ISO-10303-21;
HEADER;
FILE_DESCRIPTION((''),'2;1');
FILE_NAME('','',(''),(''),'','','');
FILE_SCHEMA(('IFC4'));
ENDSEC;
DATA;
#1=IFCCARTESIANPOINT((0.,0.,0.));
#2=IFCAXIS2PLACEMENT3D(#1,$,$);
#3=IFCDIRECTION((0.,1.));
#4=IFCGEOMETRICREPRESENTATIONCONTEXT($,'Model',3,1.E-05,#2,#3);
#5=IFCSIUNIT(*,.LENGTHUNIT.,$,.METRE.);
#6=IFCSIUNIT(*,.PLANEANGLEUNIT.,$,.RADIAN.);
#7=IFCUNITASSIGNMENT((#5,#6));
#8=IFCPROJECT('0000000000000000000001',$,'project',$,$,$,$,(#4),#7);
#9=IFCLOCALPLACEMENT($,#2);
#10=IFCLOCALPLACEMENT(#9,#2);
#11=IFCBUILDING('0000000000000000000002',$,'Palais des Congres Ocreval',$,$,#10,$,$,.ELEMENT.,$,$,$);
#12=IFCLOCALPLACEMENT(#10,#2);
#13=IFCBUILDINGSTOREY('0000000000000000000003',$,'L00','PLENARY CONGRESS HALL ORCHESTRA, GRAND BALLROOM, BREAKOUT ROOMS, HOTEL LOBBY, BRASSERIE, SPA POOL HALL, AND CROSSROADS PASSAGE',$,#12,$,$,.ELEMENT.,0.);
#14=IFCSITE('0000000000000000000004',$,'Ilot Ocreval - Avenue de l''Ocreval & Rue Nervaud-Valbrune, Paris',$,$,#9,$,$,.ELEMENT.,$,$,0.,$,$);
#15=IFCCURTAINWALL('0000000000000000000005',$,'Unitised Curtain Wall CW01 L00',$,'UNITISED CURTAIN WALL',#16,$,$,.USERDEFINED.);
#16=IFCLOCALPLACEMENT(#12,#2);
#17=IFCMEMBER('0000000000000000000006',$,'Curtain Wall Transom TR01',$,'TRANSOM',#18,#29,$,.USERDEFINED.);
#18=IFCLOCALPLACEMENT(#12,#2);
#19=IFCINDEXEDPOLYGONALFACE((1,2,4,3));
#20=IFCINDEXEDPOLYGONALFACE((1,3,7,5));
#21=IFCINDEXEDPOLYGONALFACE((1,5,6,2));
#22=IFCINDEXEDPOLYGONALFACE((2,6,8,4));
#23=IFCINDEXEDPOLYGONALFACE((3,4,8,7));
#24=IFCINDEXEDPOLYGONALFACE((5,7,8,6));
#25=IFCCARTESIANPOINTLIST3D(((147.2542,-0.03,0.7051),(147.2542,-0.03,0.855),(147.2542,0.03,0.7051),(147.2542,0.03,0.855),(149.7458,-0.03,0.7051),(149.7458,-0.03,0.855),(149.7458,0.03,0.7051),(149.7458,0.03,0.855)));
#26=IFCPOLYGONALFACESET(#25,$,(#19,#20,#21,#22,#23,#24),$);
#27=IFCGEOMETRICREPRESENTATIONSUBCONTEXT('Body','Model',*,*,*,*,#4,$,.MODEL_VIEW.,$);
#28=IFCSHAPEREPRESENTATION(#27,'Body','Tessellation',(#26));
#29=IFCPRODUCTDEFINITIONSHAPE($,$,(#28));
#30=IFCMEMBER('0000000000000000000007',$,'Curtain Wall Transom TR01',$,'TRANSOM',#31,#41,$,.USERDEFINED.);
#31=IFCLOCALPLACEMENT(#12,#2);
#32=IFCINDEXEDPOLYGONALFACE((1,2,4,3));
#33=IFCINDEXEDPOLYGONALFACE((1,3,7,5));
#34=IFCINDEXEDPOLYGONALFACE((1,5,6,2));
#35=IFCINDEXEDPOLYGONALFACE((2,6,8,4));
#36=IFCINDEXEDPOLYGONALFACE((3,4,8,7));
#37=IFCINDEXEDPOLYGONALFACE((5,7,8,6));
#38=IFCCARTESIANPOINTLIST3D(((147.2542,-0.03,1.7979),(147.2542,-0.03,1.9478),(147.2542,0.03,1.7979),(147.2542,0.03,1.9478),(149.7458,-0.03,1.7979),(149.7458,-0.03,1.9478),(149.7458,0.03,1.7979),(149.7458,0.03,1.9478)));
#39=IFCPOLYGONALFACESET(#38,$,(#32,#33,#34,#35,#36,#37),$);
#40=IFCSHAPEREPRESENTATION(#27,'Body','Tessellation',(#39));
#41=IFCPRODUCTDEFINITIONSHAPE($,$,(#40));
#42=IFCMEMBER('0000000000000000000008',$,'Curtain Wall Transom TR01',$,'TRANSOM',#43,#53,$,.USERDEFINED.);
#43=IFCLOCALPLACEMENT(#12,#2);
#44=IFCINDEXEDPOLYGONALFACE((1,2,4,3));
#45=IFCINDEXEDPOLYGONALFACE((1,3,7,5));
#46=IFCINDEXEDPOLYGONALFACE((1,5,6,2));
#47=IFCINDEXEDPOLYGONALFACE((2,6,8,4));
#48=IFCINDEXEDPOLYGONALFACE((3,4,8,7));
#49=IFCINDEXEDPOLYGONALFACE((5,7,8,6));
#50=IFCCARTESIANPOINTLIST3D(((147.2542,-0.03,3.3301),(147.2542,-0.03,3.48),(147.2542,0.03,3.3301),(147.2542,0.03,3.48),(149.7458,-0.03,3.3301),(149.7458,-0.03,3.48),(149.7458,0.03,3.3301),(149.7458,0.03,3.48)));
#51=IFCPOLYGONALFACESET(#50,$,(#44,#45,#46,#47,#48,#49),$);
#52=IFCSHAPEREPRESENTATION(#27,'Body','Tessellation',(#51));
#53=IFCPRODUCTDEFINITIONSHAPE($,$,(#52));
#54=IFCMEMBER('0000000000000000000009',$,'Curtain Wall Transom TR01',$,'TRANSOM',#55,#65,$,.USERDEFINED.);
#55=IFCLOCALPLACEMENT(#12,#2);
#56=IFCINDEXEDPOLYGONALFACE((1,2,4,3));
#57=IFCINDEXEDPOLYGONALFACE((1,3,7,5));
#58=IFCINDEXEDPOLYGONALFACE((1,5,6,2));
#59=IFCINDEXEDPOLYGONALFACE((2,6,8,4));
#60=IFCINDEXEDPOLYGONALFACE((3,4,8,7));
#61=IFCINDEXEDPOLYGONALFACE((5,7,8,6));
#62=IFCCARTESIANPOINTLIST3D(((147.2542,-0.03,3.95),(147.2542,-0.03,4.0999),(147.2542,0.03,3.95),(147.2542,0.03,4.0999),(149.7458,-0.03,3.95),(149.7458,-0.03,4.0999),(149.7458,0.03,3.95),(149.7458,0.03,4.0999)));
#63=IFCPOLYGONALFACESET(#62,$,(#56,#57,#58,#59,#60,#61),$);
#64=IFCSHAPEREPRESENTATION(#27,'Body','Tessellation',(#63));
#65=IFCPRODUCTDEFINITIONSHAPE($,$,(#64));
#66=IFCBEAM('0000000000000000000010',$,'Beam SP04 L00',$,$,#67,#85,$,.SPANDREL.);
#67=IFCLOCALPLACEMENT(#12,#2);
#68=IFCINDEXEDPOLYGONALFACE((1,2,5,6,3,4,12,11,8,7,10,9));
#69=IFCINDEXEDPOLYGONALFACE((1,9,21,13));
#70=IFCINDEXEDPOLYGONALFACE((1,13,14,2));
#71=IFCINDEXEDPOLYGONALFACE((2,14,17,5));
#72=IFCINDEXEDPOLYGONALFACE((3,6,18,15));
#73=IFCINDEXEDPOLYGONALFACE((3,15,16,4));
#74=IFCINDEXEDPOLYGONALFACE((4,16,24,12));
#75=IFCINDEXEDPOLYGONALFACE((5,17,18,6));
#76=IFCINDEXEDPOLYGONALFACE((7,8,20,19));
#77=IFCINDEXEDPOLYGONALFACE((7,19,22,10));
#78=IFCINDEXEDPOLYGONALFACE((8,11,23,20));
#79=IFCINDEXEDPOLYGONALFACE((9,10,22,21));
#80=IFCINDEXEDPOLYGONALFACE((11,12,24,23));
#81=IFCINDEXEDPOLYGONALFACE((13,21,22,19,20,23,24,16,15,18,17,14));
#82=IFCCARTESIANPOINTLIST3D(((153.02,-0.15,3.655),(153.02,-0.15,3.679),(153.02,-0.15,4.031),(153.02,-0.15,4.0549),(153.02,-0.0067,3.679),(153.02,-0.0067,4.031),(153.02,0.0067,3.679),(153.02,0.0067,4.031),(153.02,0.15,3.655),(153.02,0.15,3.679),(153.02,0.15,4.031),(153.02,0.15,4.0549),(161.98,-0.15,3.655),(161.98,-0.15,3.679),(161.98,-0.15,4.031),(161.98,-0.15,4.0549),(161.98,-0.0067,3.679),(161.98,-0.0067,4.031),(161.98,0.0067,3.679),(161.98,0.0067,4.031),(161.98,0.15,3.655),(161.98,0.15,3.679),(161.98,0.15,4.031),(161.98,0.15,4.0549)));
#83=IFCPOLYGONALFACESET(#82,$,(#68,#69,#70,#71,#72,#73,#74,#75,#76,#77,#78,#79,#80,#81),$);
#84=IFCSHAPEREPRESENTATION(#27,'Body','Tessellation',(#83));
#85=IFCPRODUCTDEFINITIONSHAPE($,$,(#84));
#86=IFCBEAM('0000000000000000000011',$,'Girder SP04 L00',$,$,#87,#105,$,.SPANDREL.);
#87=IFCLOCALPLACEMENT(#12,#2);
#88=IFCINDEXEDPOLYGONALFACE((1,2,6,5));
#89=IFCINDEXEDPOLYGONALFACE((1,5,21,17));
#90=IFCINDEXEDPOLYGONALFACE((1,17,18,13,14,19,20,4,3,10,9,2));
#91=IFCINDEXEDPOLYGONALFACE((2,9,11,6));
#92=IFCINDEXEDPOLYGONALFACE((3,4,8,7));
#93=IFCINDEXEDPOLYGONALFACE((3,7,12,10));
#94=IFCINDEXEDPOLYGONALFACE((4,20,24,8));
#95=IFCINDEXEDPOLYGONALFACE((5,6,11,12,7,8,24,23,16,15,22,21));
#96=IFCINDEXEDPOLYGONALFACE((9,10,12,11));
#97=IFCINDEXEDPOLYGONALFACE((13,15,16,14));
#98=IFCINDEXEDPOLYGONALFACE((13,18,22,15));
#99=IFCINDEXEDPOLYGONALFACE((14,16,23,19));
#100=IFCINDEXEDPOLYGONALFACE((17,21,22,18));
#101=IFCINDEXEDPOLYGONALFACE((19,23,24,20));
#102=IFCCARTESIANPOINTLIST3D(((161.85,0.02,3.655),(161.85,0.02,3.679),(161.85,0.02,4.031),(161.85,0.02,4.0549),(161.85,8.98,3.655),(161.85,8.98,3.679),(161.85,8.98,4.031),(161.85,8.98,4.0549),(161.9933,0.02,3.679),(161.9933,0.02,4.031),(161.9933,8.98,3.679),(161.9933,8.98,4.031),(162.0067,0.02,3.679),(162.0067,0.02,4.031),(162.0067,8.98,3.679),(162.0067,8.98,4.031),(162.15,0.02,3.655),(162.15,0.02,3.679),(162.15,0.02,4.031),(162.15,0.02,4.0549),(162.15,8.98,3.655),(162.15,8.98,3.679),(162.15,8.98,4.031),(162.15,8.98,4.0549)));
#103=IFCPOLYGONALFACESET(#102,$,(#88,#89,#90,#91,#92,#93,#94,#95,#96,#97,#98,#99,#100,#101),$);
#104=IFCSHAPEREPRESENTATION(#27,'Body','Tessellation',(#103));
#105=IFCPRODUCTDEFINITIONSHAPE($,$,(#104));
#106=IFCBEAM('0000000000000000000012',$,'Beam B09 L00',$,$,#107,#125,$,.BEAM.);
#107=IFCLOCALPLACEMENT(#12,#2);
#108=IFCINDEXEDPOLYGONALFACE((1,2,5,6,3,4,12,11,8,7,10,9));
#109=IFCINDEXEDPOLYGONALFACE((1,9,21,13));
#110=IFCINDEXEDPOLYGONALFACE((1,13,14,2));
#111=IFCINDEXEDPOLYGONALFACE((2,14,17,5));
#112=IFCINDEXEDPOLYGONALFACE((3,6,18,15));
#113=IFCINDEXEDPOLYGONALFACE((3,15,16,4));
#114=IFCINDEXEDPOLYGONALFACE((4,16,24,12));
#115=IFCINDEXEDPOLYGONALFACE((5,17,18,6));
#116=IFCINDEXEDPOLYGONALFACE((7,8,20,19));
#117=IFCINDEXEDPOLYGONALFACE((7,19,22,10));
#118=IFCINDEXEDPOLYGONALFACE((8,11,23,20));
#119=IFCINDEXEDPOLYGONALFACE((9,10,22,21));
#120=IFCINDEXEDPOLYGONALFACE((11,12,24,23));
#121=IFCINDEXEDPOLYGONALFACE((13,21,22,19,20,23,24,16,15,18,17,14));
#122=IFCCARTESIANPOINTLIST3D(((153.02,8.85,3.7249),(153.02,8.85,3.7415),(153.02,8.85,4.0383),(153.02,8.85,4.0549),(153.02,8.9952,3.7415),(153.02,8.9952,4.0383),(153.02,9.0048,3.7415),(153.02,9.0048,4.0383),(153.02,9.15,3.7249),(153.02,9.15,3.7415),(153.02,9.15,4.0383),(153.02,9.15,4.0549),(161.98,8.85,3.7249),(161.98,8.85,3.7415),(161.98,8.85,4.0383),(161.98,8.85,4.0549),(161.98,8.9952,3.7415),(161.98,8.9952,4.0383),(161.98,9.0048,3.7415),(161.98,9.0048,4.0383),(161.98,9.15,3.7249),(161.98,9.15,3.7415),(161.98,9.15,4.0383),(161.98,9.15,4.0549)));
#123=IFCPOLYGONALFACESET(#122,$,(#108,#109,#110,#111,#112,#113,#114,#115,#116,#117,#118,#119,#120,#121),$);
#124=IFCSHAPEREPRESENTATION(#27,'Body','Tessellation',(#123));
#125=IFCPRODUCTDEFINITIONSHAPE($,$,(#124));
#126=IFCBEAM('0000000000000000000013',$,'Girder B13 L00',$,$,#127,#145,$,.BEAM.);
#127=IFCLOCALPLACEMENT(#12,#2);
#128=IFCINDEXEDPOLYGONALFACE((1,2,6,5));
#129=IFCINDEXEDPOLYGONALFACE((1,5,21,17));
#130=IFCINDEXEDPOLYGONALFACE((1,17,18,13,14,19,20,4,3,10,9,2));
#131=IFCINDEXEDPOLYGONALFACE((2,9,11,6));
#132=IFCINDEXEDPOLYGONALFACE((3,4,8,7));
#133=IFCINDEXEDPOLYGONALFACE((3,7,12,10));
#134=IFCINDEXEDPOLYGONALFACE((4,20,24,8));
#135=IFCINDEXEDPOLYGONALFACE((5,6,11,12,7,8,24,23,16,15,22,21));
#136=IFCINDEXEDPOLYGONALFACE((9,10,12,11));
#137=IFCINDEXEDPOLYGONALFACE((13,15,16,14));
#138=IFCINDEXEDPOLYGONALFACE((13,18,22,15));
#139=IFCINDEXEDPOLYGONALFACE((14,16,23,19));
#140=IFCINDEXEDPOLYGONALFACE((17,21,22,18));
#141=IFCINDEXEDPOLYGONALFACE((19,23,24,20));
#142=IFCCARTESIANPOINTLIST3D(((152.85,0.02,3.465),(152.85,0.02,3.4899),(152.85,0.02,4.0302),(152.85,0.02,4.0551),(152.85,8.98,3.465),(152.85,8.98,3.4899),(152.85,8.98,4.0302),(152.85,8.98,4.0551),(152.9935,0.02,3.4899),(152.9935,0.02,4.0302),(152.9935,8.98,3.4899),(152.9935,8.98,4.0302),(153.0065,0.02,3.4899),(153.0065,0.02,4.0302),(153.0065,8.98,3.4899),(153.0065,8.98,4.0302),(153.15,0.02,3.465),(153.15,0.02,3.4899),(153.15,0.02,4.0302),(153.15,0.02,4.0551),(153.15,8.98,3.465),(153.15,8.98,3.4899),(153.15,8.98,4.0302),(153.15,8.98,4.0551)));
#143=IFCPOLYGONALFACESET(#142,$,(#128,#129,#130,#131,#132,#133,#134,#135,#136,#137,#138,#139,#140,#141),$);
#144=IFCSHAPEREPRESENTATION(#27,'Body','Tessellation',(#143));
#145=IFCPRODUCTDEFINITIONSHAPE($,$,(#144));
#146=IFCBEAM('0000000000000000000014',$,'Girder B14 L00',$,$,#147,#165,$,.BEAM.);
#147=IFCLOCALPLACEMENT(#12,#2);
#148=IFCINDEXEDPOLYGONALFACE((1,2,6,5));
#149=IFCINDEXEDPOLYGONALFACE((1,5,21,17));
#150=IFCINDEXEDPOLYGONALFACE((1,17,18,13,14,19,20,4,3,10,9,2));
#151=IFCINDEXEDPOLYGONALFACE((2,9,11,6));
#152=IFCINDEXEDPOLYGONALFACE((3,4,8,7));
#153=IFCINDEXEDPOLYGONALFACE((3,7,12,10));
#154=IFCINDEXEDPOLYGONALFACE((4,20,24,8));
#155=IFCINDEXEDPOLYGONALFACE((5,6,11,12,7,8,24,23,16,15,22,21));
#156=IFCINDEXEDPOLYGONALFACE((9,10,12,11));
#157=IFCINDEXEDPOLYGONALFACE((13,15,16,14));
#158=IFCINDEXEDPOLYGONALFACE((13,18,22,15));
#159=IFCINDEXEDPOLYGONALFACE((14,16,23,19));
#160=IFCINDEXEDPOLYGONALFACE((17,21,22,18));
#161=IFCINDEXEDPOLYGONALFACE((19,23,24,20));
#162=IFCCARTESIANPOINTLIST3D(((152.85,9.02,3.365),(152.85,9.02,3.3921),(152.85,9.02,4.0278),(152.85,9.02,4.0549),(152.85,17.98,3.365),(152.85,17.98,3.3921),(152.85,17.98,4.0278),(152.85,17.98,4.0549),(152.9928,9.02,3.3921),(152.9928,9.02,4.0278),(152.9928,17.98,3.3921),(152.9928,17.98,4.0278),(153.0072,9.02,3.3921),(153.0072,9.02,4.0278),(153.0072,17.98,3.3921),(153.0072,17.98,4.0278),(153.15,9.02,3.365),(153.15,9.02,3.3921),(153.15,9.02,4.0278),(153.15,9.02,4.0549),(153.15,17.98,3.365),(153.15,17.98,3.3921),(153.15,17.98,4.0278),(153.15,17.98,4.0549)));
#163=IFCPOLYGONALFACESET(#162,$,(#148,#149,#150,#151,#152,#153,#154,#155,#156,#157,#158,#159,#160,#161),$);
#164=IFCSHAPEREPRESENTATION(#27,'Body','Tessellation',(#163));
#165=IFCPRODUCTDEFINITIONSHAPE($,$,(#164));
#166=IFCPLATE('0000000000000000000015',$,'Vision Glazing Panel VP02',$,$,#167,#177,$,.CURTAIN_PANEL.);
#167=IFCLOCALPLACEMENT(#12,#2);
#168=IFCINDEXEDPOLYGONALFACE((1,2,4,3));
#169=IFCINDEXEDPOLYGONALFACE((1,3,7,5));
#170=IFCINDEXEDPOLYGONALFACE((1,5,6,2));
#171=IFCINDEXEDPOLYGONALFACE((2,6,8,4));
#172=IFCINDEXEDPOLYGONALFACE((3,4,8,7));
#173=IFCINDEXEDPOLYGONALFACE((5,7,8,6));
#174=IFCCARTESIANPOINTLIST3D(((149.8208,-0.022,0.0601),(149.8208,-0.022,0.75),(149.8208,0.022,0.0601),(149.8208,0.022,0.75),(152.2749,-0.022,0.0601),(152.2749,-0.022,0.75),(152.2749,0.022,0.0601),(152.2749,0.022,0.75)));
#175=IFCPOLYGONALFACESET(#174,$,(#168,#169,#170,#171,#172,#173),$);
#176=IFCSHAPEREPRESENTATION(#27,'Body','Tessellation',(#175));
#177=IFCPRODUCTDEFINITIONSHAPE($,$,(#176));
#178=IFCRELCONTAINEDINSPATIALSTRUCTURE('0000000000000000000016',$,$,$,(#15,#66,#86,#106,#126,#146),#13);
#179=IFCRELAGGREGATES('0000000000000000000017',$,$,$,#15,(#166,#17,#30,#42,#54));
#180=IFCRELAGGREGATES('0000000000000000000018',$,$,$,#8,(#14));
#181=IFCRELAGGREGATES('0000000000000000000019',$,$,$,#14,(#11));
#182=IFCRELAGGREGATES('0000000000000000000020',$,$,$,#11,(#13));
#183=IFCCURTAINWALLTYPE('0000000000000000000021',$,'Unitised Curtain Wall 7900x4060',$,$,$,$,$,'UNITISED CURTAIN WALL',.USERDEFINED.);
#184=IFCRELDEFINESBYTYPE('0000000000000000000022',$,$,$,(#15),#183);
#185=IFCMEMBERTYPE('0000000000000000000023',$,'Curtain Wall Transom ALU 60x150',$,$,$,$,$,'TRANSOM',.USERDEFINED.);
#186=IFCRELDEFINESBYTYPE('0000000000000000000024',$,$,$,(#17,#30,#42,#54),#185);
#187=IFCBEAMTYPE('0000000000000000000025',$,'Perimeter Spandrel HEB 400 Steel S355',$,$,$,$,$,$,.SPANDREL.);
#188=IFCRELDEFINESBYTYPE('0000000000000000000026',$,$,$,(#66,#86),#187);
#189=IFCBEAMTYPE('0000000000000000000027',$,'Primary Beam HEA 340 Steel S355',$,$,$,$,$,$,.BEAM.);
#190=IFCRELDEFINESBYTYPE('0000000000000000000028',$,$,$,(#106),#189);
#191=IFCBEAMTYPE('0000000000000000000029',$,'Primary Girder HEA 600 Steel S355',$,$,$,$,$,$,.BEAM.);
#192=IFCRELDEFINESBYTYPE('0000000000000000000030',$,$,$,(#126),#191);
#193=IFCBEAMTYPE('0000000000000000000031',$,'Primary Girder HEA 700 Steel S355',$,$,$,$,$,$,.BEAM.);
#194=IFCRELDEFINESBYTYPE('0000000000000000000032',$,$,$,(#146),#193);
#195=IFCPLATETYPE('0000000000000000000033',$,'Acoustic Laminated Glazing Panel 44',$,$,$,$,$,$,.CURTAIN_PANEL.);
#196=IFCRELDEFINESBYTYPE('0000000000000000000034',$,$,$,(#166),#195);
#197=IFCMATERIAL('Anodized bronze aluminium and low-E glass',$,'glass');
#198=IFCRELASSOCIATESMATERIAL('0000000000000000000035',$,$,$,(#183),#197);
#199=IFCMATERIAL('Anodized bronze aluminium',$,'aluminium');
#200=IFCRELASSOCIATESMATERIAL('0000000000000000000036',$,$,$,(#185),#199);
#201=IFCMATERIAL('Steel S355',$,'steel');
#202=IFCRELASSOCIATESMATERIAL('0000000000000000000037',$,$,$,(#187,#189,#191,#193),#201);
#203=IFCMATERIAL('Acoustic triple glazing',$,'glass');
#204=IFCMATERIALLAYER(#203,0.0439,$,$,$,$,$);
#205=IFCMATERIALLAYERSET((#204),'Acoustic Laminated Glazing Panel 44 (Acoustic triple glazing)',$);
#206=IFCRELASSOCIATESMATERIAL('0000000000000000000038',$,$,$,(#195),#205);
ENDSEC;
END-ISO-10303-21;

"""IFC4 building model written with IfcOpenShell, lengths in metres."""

from ifc_helpers import new_model, si_unit, direction, frame, origin, origin_2d, place, context, subcontext, project, spatial, rectangle, i_section, extrude, material, layer, layer_set, material_profile, profile_set, type_object, element, aggregate, save


model = new_model("IFC4")

# Units and contexts
model_context = context("Model", 3, precision=1e-05, world=origin(), true_north=direction((0.0, 1.0)))
body_context = subcontext(model_context, "Body", "Model", "MODEL_VIEW")
ifc_project = project(units=[si_unit("LENGTHUNIT", "METRE"), si_unit("PLANEANGLEUNIT", "RADIAN")], contexts=[model_context])

# Site, building, storey
site_placement = place(None, origin())
site = spatial("IfcSite", under=ifc_project, at=site_placement, Name="Ilot Ocreval - Avenue de l'Ocreval & Rue Nervaud-Valbrune, Paris", CompositionType="ELEMENT", RefElevation=0.0)
building_placement = place(site_placement, origin())
building = spatial("IfcBuilding", under=site, at=building_placement, Name="Palais des Congres Ocreval", CompositionType="ELEMENT")
storey_placement = place(building_placement, origin())
storey = spatial("IfcBuildingStorey", under=building, at=storey_placement, Name="L00", Description="PLENARY CONGRESS HALL ORCHESTRA, GRAND BALLROOM, BREAKOUT ROOMS, HOTEL LOBBY, BRASSERIE, SPA POOL HALL, AND CROSSROADS PASSAGE", CompositionType="ELEMENT", Elevation=0.0)

# Shared definitions
ifc_material_1 = material(Name="Steel S355", Category="steel")

# Curtain wall, members
ifc_material_2 = material(Name="Anodized bronze aluminium and low-E glass", Category="glass")
curtain_wall_type = type_object("IfcCurtainWallType", Name="Unitised Curtain Wall 7900x4060", ElementType="UNITISED CURTAIN WALL", PredefinedType="USERDEFINED", material=ifc_material_2)
curtain_wall_placement = place(storey_placement, origin())
curtain_wall = element("IfcCurtainWall", 1, at=curtain_wall_placement, inside=storey, type_object=curtain_wall_type, Name="Unitised Curtain Wall CW01 L00", ObjectType="UNITISED CURTAIN WALL", PredefinedType="USERDEFINED")
ifc_material_3 = material(Name="Anodized bronze aluminium", Category="aluminium")
ifc_material_profile_1 = material_profile(ifc_material_3, rectangle(XDim=0.0601, YDim=0.1499, at=origin_2d()), Name="ALU 60x150")
ifc_profile_set_1 = profile_set([ifc_material_profile_1], Name="Anodized bronze aluminium")
member_type_1 = type_object("IfcMemberType", Name="Curtain Wall Transom ALU 60x150", ElementType="TRANSOM", PredefinedType="USERDEFINED", material=ifc_profile_set_1)
member_1_placement = place(storey_placement, frame((149.7458, 0.0, 0.78), z_axis=(-1.0, 0.0, 0.0), x_axis=(0.0, -1.0, 0.0)))
member_1 = element("IfcMember", 2, at=member_1_placement, type_object=member_type_1, Name="Curtain Wall Transom TR01", ObjectType="TRANSOM", PredefinedType="USERDEFINED", context=body_context, shape_type="SweptSolid", body=[
    extrude(rectangle(XDim=0.0601, YDim=0.1499, at=origin_2d()), origin(), (0.0, 0.0, 1.0), 2.4917),
])
member_2_placement = place(storey_placement, frame((149.7458, 0.0, 1.8728), z_axis=(-1.0, 0.0, 0.0), x_axis=(0.0, -1.0, 0.0)))
member_2 = element("IfcMember", 3, at=member_2_placement, type_object=member_type_1, Name="Curtain Wall Transom TR01", ObjectType="TRANSOM", PredefinedType="USERDEFINED", context=body_context, shape_type="SweptSolid", body=[
    extrude(rectangle(XDim=0.0601, YDim=0.1499, at=origin_2d()), origin(), (0.0, 0.0, 1.0), 2.4917),
])
member_3_placement = place(storey_placement, frame((149.7458, 0.0, 3.405), z_axis=(-1.0, 0.0, 0.0), x_axis=(0.0, -1.0, 0.0)))
member_3 = element("IfcMember", 4, at=member_3_placement, type_object=member_type_1, Name="Curtain Wall Transom TR01", ObjectType="TRANSOM", PredefinedType="USERDEFINED", context=body_context, shape_type="SweptSolid", body=[
    extrude(rectangle(XDim=0.0601, YDim=0.1499, at=origin_2d()), origin(), (0.0, 0.0, 1.0), 2.4917),
])
member_4_placement = place(storey_placement, frame((149.7458, 0.0, 4.0249), z_axis=(-1.0, 0.0, 0.0), x_axis=(0.0, -1.0, 0.0)))
member_4 = element("IfcMember", 5, at=member_4_placement, type_object=member_type_1, Name="Curtain Wall Transom TR01", ObjectType="TRANSOM", PredefinedType="USERDEFINED", context=body_context, shape_type="SweptSolid", body=[
    extrude(rectangle(XDim=0.0601, YDim=0.1499, at=origin_2d()), origin(), (0.0, 0.0, 1.0), 2.4917),
])

# Beams
ifc_material_profile_2 = material_profile(ifc_material_1, i_section(OverallWidth=0.3, OverallDepth=0.3999, WebThickness=0.0134, FlangeThickness=0.0239, at=origin_2d()), Name="HEB 400")
ifc_profile_set_2 = profile_set([ifc_material_profile_2], Name="Steel S355")
beam_type_1 = type_object("IfcBeamType", Name="Perimeter Spandrel HEB 400 Steel S355", PredefinedType="SPANDREL", material=ifc_profile_set_2)
for number, where, z_axis, x_axis, name in (
    (6, (153.02, 0.0, 3.855), (1.0, 0.0, 0.0), (0.0, 1.0, 0.0), "Beam SP04 L00"),
    (7, (162.0, 0.02, 3.855), (0.0, 1.0, 0.0), (-1.0, 0.0, 0.0), "Girder SP04 L00"),
):
    element("IfcBeam", number, at=place(storey_placement, frame(where, z_axis=z_axis, x_axis=x_axis)), inside=storey, type_object=beam_type_1, Name=name, PredefinedType="SPANDREL", context=body_context, shape_type="SweptSolid", body=[
        extrude(i_section(OverallWidth=0.3, OverallDepth=0.3999, WebThickness=0.0134, FlangeThickness=0.0239, at=origin_2d()), origin(), (0.0, 0.0, 1.0), 8.96),
    ])
ifc_material_profile_3 = material_profile(ifc_material_1, i_section(OverallWidth=0.3, OverallDepth=0.3301, WebThickness=0.0095, FlangeThickness=0.0166, at=origin_2d()), Name="HEA 340")
ifc_profile_set_3 = profile_set([ifc_material_profile_3], Name="Steel S355")
beam_type_2 = type_object("IfcBeamType", Name="Primary Beam HEA 340 Steel S355", PredefinedType="BEAM", material=ifc_profile_set_3)
beam_1_placement = place(storey_placement, frame((153.02, 9.0, 3.8899), z_axis=(1.0, 0.0, 0.0), x_axis=(0.0, 1.0, 0.0)))
element("IfcBeam", 8, at=beam_1_placement, inside=storey, type_object=beam_type_2, Name="Beam B09 L00", PredefinedType="BEAM", context=body_context, shape_type="SweptSolid", body=[
    extrude(i_section(OverallWidth=0.3, OverallDepth=0.3301, WebThickness=0.0095, FlangeThickness=0.0166, at=origin_2d()), origin(), (0.0, 0.0, 1.0), 8.96),
])
ifc_material_profile_4 = material_profile(ifc_material_1, i_section(OverallWidth=0.3, OverallDepth=0.5901, WebThickness=0.0129, FlangeThickness=0.0249, at=origin_2d()), Name="HEA 600")
ifc_profile_set_4 = profile_set([ifc_material_profile_4], Name="Steel S355")
beam_type_3 = type_object("IfcBeamType", Name="Primary Girder HEA 600 Steel S355", PredefinedType="BEAM", material=ifc_profile_set_4)
beam_2_placement = place(storey_placement, frame((153.0, 0.02, 3.76), z_axis=(0.0, 1.0, 0.0), x_axis=(-1.0, 0.0, 0.0)))
element("IfcBeam", 9, at=beam_2_placement, inside=storey, type_object=beam_type_3, Name="Girder B13 L00", PredefinedType="BEAM", context=body_context, shape_type="SweptSolid", body=[
    extrude(i_section(OverallWidth=0.3, OverallDepth=0.5901, WebThickness=0.0129, FlangeThickness=0.0249, at=origin_2d()), origin(), (0.0, 0.0, 1.0), 8.96),
])
ifc_material_profile_5 = material_profile(ifc_material_1, i_section(OverallWidth=0.3, OverallDepth=0.6899, WebThickness=0.0144, FlangeThickness=0.0271, at=origin_2d()), Name="HEA 700")
ifc_profile_set_5 = profile_set([ifc_material_profile_5], Name="Steel S355")
beam_type_4 = type_object("IfcBeamType", Name="Primary Girder HEA 700 Steel S355", PredefinedType="BEAM", material=ifc_profile_set_5)
beam_3_placement = place(storey_placement, frame((153.0, 9.02, 3.71), z_axis=(0.0, 1.0, 0.0), x_axis=(-1.0, 0.0, 0.0)))
element("IfcBeam", 10, at=beam_3_placement, inside=storey, type_object=beam_type_4, Name="Girder B14 L00", PredefinedType="BEAM", context=body_context, shape_type="SweptSolid", body=[
    extrude(i_section(OverallWidth=0.3, OverallDepth=0.6899, WebThickness=0.0144, FlangeThickness=0.0271, at=origin_2d()), origin(), (0.0, 0.0, 1.0), 8.96),
])

# Plate
ifc_material_4 = material(Name="Acoustic triple glazing", Category="glass")
ifc_layer_1 = layer(ifc_material_4, 0.0439)
ifc_layer_set_1 = layer_set([ifc_layer_1], Name="Acoustic Laminated Glazing Panel 44 (Acoustic triple glazing)")
plate_type_1 = type_object("IfcPlateType", Name="Acoustic Laminated Glazing Panel 44", PredefinedType="CURTAIN_PANEL", material=ifc_layer_set_1)
plate_1_placement = place(storey_placement, frame((151.0479, 0.0, 0.0601), z_axis=(0.0, 0.0, 1.0), x_axis=(-1.0, 0.0, 0.0)))
plate_1 = element("IfcPlate", 11, at=plate_1_placement, type_object=plate_type_1, Name="Vision Glazing Panel VP02", PredefinedType="CURTAIN_PANEL", context=body_context, shape_type="SweptSolid", body=[
    extrude(rectangle(XDim=2.4541, YDim=0.0439, at=origin_2d()), origin(), (0.0, 0.0, 1.0), 0.6899),
])
aggregate(curtain_wall, [plate_1, member_1, member_2, member_3, member_4])

save(model, "model.ifc")
